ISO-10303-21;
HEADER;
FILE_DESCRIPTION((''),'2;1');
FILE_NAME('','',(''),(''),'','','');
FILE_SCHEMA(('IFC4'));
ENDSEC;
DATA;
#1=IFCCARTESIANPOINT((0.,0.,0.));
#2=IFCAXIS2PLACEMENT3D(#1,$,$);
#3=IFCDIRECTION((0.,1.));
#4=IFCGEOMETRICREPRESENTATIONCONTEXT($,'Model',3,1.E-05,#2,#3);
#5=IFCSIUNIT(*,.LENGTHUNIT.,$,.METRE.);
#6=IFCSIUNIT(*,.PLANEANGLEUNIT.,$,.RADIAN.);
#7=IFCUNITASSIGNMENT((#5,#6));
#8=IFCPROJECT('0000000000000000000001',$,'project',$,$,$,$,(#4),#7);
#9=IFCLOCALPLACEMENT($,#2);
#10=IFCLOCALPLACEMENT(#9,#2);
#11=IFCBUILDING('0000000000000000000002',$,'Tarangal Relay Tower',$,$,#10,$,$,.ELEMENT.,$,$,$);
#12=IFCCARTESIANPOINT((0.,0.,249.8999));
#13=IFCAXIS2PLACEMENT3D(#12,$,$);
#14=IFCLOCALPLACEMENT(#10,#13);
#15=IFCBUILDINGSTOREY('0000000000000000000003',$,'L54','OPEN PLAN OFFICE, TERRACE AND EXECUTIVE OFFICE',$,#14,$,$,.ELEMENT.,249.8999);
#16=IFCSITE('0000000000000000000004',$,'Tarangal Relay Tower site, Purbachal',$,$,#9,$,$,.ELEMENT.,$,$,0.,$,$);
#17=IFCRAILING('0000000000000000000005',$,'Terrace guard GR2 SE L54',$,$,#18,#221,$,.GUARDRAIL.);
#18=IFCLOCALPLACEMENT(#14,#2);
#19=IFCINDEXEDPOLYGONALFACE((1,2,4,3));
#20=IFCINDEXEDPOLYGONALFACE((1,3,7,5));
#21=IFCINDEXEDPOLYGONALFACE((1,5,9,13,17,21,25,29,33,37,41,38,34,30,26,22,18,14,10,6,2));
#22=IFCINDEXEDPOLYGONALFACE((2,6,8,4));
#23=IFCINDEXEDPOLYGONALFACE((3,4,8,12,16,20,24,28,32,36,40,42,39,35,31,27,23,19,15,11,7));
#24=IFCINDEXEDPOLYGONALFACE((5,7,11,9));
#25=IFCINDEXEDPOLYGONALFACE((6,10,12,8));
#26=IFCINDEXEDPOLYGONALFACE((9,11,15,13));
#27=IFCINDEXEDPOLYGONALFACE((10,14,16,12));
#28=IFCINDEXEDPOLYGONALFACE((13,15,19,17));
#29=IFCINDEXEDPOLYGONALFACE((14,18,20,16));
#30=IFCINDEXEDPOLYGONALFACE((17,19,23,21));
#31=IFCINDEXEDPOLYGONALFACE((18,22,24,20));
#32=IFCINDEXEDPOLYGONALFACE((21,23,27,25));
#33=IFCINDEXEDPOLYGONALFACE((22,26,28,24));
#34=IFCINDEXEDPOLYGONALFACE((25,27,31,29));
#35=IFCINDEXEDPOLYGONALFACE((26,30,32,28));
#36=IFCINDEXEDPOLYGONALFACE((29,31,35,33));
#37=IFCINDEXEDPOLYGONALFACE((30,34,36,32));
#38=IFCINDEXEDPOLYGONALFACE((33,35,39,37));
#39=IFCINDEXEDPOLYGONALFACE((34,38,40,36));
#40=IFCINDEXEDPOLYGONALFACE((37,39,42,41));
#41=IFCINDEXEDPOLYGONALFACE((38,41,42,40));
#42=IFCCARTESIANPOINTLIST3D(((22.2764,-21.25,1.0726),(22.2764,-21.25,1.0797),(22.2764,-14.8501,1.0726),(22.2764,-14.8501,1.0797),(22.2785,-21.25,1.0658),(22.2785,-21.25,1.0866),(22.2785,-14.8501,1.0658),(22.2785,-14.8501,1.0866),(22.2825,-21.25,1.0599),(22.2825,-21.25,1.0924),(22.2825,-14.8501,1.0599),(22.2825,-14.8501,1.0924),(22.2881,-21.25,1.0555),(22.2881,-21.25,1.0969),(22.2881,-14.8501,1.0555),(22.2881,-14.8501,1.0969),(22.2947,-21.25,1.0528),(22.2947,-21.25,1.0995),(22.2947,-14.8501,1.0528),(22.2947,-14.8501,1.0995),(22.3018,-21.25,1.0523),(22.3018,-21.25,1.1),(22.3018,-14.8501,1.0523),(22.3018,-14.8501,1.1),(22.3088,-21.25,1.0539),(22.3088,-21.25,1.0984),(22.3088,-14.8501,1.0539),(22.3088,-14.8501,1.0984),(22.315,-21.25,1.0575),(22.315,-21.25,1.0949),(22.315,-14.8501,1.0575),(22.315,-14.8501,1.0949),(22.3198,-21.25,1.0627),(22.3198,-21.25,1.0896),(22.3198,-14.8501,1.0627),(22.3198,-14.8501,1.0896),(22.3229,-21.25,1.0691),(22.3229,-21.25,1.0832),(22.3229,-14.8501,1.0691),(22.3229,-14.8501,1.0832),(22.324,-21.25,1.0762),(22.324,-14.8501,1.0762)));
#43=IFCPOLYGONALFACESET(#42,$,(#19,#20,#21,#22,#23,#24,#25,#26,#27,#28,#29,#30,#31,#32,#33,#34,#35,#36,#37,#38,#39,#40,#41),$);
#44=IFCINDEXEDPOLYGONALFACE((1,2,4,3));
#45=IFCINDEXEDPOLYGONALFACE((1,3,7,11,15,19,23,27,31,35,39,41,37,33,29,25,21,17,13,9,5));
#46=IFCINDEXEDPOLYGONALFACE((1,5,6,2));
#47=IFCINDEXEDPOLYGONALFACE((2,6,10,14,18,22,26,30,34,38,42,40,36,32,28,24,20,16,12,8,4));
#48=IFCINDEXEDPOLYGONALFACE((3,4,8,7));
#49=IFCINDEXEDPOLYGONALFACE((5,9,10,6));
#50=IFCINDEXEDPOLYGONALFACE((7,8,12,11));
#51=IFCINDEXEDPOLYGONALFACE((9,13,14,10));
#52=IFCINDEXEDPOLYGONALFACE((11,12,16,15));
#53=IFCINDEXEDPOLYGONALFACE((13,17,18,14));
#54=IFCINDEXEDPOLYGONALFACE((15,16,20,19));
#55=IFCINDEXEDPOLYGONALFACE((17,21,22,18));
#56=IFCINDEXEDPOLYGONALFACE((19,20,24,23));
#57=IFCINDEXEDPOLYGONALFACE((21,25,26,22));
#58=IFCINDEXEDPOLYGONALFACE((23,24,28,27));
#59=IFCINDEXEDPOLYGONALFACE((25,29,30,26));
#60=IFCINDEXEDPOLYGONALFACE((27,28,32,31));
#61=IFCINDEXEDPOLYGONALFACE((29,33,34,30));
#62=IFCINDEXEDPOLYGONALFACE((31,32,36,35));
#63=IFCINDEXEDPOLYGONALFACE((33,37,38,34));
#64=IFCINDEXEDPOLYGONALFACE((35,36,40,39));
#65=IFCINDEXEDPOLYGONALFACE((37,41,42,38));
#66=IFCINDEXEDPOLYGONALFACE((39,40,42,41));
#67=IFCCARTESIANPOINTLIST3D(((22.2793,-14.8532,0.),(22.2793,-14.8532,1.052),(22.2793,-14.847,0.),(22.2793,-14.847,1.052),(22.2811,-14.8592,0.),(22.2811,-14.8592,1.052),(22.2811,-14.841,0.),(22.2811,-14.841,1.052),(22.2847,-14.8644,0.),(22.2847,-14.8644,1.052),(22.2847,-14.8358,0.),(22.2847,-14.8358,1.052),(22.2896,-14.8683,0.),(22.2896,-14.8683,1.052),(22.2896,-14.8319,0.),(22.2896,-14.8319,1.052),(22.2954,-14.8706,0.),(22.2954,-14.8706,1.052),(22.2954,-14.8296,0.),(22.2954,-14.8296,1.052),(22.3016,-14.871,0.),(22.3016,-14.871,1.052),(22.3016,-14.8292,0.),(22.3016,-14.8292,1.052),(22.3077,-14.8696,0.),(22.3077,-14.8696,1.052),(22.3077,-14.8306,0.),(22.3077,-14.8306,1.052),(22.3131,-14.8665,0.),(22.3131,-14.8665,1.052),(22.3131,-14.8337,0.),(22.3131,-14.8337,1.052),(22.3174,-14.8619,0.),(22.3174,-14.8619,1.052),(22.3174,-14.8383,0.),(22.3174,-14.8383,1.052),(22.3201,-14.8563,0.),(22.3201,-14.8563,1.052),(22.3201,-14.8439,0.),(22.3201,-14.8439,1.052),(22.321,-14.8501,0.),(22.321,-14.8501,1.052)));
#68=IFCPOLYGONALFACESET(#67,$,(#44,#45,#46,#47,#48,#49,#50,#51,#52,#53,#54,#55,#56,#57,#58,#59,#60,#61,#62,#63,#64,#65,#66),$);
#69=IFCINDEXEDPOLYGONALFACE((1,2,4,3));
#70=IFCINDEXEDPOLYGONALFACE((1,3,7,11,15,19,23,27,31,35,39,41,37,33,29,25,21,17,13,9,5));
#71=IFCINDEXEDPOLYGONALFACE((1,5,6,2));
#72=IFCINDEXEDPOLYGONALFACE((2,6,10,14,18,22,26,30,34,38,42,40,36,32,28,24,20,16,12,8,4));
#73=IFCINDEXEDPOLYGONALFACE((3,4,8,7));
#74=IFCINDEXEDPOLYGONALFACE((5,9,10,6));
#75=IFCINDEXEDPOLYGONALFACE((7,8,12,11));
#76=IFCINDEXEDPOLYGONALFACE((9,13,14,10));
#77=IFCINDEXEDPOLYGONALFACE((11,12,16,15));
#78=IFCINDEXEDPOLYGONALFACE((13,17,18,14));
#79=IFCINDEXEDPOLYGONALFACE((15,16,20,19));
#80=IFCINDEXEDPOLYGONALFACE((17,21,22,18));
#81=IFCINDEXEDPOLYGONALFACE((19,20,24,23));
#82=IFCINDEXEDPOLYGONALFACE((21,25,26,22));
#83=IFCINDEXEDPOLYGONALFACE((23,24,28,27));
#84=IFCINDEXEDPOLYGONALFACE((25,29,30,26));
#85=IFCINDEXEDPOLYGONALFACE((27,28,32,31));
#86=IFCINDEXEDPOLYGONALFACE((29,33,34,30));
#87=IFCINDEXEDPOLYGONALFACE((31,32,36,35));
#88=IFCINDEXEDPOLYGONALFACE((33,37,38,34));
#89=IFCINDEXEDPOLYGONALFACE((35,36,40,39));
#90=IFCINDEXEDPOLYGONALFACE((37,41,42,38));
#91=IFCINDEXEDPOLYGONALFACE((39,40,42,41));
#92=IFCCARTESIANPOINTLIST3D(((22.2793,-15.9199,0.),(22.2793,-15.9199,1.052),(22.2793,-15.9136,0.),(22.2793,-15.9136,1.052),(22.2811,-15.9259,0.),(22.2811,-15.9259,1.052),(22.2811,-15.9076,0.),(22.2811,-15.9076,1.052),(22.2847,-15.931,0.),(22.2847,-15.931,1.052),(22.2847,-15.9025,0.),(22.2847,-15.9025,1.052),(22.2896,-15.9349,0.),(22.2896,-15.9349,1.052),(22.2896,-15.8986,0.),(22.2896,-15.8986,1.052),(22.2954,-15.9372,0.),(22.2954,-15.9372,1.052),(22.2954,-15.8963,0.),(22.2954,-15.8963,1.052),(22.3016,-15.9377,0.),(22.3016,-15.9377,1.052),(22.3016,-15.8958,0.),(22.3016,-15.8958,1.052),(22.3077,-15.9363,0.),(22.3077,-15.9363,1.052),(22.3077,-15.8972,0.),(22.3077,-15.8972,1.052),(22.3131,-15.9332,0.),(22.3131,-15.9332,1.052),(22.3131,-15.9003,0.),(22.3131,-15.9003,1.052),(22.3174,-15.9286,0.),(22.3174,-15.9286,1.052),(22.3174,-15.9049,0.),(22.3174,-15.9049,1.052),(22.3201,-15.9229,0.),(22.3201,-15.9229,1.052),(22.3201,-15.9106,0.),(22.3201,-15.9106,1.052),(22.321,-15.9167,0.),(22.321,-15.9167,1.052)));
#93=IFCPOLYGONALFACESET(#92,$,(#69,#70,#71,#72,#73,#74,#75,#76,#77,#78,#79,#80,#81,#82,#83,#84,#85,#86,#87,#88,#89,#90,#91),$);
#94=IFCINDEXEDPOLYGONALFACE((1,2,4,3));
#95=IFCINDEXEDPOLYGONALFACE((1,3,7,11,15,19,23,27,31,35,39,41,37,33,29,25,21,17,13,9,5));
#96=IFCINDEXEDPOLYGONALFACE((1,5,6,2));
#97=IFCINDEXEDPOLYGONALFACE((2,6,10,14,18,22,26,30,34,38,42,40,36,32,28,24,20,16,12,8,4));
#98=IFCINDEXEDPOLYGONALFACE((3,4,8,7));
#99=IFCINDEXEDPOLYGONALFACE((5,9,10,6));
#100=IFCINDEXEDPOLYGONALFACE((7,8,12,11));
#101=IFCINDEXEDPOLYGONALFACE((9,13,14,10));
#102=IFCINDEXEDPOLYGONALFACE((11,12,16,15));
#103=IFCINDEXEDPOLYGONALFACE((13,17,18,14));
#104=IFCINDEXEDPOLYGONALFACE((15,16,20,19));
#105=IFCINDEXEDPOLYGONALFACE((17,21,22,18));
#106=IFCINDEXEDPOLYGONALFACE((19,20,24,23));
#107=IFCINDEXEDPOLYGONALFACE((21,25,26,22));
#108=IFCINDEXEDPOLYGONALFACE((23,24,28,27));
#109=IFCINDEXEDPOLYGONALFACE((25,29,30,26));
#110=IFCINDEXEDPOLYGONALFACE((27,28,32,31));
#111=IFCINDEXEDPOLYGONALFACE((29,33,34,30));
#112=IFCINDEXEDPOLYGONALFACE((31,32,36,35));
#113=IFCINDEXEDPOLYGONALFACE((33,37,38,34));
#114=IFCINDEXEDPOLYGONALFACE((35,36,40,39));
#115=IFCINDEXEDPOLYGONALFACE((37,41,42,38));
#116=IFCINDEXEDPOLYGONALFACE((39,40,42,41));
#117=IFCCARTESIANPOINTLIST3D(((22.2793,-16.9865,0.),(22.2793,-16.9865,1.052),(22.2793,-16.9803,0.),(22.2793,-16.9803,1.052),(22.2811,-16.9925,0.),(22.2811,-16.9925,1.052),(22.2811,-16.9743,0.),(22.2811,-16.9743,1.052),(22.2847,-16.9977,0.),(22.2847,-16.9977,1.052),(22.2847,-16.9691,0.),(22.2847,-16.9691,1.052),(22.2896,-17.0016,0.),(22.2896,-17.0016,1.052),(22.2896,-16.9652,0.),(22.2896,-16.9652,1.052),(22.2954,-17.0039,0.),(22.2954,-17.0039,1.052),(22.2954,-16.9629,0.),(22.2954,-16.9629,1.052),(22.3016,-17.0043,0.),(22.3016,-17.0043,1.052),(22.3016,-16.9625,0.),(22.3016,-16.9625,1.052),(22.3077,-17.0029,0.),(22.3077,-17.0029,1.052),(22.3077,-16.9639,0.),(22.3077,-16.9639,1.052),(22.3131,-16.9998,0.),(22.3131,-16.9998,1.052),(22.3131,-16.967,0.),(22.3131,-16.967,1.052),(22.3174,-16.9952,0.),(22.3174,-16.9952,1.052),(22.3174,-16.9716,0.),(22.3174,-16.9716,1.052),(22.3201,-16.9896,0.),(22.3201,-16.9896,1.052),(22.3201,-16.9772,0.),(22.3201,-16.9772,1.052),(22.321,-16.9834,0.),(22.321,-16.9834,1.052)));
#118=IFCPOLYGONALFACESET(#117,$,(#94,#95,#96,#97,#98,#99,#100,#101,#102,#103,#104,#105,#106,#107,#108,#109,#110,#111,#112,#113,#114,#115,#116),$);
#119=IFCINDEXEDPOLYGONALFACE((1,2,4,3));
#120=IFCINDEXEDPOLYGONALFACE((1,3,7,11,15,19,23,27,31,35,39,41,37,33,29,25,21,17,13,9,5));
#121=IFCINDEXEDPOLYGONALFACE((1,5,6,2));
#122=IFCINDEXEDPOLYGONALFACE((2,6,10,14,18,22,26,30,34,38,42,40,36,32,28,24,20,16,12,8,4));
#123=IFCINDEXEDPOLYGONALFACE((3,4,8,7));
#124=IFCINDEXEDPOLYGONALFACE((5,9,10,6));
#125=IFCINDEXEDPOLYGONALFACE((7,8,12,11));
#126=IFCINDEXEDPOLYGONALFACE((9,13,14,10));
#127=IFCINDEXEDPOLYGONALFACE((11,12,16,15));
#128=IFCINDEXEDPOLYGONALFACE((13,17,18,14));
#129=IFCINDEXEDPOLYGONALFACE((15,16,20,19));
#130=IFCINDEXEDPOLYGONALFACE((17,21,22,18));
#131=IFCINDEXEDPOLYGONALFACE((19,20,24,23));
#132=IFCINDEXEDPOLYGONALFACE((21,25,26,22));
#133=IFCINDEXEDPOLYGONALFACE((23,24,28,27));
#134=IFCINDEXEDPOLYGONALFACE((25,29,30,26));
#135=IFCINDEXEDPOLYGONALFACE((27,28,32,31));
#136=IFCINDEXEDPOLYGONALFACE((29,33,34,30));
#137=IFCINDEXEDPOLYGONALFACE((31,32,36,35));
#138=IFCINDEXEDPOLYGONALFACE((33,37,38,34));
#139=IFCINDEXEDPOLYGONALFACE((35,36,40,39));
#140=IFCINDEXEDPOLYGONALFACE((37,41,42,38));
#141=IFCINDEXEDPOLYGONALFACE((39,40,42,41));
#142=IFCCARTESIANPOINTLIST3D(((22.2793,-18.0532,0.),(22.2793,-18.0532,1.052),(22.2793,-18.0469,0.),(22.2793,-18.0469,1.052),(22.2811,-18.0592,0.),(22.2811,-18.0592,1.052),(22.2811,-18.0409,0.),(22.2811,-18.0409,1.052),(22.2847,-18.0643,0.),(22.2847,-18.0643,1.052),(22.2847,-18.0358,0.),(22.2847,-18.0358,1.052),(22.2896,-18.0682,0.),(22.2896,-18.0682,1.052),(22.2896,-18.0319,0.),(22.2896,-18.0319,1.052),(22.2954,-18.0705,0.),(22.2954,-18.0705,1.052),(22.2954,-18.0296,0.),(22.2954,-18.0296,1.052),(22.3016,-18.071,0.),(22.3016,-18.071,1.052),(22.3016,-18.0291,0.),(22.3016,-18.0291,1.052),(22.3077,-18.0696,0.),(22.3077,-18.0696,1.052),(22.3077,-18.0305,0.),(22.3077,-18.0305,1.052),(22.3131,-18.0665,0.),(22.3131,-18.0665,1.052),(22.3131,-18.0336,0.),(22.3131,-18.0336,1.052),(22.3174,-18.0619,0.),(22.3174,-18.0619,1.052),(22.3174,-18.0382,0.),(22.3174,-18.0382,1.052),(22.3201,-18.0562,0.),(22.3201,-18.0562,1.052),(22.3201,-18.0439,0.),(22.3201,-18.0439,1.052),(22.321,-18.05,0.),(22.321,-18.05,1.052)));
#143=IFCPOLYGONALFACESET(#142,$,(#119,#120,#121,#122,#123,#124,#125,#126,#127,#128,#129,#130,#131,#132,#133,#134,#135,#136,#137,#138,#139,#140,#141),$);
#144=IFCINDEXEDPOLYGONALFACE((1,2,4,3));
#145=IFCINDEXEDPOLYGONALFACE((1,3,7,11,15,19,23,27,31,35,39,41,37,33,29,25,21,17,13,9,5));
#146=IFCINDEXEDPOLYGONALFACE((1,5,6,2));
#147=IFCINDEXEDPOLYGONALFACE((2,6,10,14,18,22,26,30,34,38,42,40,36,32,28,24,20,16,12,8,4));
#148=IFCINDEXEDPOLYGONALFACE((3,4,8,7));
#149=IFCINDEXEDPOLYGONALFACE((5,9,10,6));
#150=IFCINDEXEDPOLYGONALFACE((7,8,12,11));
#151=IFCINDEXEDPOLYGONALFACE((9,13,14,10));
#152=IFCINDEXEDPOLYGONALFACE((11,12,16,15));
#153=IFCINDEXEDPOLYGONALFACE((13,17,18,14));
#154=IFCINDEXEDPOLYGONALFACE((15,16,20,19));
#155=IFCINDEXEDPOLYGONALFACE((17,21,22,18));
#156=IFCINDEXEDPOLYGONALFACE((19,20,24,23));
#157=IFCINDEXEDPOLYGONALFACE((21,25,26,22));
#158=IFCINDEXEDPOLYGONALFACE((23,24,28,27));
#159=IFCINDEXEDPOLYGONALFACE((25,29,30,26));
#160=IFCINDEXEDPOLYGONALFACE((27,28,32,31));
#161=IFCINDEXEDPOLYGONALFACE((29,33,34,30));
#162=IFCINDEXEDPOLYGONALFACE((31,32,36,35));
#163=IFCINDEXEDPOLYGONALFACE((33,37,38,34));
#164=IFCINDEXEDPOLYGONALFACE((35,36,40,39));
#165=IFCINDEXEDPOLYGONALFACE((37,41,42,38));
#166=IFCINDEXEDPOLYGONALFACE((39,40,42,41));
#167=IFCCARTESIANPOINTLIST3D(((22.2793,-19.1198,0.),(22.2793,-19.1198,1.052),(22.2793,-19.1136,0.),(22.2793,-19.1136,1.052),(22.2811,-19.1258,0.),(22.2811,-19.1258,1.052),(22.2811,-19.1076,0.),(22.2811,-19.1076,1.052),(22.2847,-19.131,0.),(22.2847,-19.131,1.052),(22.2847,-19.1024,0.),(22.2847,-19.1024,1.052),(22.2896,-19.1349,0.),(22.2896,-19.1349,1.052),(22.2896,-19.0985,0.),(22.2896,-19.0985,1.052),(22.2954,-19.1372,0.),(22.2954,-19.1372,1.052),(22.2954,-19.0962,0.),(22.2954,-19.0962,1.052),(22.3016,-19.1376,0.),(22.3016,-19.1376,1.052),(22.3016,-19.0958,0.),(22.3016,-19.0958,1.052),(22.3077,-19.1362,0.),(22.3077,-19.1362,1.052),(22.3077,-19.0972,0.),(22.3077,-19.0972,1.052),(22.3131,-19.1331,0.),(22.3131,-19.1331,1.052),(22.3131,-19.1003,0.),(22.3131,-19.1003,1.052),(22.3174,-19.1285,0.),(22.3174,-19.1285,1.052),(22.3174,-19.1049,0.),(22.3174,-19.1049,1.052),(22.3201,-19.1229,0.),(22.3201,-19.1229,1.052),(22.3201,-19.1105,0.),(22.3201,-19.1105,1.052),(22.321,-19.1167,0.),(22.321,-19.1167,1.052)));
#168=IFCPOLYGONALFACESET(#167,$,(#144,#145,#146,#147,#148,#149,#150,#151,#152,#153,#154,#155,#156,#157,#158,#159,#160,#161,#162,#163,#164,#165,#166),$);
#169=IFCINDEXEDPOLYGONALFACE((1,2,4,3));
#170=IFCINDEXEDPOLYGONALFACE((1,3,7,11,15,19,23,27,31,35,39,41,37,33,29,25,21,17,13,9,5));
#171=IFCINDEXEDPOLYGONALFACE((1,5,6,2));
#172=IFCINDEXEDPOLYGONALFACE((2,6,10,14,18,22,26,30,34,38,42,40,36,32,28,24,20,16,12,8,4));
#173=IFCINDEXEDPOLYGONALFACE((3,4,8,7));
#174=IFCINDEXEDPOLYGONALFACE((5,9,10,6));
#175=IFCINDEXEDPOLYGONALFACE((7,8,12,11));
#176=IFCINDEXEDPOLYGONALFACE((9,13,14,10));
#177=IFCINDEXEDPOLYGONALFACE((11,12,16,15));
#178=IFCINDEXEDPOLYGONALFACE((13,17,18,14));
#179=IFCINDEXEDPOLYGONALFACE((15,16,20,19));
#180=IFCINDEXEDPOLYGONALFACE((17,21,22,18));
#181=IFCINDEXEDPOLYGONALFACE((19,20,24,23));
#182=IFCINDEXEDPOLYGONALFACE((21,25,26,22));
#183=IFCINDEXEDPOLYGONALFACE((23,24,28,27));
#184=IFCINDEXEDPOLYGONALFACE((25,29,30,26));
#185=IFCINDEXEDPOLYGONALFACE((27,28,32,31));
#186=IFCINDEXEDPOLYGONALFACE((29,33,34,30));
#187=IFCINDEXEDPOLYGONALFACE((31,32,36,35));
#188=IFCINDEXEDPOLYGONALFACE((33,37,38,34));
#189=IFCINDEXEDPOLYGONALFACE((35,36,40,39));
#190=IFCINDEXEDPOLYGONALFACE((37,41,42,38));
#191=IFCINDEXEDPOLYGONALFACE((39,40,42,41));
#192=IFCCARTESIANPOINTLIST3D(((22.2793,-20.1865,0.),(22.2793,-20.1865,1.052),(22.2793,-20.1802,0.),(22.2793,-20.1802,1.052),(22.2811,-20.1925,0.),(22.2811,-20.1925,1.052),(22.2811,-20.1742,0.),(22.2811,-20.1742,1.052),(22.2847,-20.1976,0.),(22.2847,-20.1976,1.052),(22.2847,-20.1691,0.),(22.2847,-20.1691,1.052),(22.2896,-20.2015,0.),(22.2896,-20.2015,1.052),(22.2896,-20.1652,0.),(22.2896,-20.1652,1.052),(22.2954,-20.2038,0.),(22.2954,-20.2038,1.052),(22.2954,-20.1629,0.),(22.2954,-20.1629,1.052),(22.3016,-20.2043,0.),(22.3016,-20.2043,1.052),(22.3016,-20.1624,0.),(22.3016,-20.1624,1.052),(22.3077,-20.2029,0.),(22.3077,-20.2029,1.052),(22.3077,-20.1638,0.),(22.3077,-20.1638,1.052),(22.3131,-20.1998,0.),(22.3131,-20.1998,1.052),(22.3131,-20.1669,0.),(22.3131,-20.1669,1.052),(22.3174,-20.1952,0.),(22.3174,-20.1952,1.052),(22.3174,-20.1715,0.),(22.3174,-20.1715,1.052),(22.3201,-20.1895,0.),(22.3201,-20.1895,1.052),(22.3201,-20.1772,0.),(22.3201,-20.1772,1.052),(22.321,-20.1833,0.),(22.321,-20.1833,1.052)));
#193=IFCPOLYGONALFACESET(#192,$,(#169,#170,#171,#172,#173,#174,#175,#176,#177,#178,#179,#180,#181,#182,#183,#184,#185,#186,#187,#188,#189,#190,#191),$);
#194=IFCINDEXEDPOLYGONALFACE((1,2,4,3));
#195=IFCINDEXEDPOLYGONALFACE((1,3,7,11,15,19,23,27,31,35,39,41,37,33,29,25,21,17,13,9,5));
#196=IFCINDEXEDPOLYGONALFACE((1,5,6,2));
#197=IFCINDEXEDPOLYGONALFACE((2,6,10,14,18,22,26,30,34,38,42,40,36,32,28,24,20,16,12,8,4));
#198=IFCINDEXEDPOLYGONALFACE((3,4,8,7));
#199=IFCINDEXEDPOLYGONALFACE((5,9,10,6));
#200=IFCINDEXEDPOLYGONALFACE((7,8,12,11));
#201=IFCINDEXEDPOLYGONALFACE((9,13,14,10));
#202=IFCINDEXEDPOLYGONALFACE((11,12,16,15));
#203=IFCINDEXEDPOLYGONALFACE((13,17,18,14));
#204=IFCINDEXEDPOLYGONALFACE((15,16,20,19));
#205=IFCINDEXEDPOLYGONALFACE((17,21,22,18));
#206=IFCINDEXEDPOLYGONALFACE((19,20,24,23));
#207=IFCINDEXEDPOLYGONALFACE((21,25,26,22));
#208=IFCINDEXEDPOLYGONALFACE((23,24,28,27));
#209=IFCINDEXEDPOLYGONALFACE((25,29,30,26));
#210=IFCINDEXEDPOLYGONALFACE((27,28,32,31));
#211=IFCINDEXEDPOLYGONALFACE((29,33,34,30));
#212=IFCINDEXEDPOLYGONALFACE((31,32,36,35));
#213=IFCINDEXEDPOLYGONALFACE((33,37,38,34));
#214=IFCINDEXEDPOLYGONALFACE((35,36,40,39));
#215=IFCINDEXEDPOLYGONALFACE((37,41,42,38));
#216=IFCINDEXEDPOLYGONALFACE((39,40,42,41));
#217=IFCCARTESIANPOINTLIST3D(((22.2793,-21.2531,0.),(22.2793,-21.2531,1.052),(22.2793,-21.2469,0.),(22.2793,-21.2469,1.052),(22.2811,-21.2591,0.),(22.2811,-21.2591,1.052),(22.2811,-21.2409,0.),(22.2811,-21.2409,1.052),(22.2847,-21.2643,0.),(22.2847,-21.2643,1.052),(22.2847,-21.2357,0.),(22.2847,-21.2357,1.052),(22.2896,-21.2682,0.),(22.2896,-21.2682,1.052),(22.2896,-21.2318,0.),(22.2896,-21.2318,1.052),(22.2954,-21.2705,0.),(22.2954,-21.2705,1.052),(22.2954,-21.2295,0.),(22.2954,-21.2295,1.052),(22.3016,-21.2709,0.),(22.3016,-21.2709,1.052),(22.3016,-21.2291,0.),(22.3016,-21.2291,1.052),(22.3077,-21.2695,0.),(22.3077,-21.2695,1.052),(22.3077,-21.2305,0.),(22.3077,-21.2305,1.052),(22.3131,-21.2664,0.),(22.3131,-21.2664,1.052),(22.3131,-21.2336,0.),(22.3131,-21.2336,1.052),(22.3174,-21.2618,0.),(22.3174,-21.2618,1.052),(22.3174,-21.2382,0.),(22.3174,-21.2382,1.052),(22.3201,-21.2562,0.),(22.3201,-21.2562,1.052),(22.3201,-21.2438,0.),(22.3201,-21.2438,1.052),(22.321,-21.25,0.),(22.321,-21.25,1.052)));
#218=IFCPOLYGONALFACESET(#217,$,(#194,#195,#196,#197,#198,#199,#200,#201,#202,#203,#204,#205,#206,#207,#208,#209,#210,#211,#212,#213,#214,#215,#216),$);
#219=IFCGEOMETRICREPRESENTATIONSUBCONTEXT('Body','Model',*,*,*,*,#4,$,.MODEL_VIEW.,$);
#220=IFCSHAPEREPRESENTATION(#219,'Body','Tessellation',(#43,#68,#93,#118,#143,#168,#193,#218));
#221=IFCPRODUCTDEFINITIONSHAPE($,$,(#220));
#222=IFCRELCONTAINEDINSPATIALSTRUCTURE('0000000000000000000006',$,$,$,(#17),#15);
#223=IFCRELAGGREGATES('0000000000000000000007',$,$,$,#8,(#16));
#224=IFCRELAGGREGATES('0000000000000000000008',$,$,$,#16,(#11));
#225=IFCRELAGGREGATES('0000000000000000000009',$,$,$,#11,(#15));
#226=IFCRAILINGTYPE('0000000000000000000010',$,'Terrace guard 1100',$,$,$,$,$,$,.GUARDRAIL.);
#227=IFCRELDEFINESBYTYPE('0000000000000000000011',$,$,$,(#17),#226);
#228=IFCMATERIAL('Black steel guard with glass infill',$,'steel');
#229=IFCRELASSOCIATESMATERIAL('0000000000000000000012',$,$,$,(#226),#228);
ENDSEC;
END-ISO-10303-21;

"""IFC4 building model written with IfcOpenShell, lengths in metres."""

from ifc_helpers import new_model, si_unit, direction, frame, origin, origin_2d, place, context, subcontext, project, spatial, circle, extrude, material, type_object, element, save


model = new_model("IFC4")

# Units and contexts
model_context = context("Model", 3, precision=1e-05, world=origin(), true_north=direction((0.0, 1.0)))
body_context = subcontext(model_context, "Body", "Model", "MODEL_VIEW")
ifc_project = project(units=[si_unit("LENGTHUNIT", "METRE"), si_unit("PLANEANGLEUNIT", "RADIAN")], contexts=[model_context])

# Site, building, storey
site_placement = place(None, origin())
site = spatial("IfcSite", under=ifc_project, at=site_placement, Name="Tarangal Relay Tower site, Purbachal", CompositionType="ELEMENT", RefElevation=0.0)
building_placement = place(site_placement, origin())
building = spatial("IfcBuilding", under=site, at=building_placement, Name="Tarangal Relay Tower", CompositionType="ELEMENT")
storey_placement = place(building_placement, frame((0.0, 0.0, 249.8999)))
storey = spatial("IfcBuildingStorey", under=building, at=storey_placement, Name="L54", Description="OPEN PLAN OFFICE, TERRACE AND EXECUTIVE OFFICE", CompositionType="ELEMENT", Elevation=249.8999)

# Railing
ifc_material_1 = material(Name="Black steel guard with glass infill", Category="steel")
railing_type = type_object("IfcRailingType", Name="Terrace guard 1100", PredefinedType="GUARDRAIL", material=ifc_material_1)
railing_1_placement = place(storey_placement, frame((22.3, -14.8501, 0.0)))
element("IfcRailing", 1, at=railing_1_placement, inside=storey, type_object=railing_type, Name="Terrace guard GR2 SE L54", PredefinedType="GUARDRAIL", context=body_context, shape_type="SweptSolid", body=[
    extrude(circle(Radius=0.0239, at=origin_2d()), frame((0.0, 0.0, 1.0762), z_axis=(0.0, -1.0, 0.0), x_axis=(1.0, 0.0, 0.0)), (0.0, 0.0, 1.0), 6.3999),
    extrude(circle(Radius=0.021, at=origin_2d()), origin(), (0.0, 0.0, 1.0), 1.052),
    extrude(circle(Radius=0.021, at=origin_2d()), frame((0.0, -1.0667, 0.0)), (0.0, 0.0, 1.0), 1.052),
    extrude(circle(Radius=0.021, at=origin_2d()), frame((0.0, -2.1333, 0.0)), (0.0, 0.0, 1.0), 1.052),
    extrude(circle(Radius=0.021, at=origin_2d()), frame((0.0, -3.2, 0.0)), (0.0, 0.0, 1.0), 1.052),
    extrude(circle(Radius=0.021, at=origin_2d()), frame((0.0, -4.2666, 0.0)), (0.0, 0.0, 1.0), 1.052),
    extrude(circle(Radius=0.021, at=origin_2d()), frame((0.0, -5.3333, 0.0)), (0.0, 0.0, 1.0), 1.052),
    extrude(circle(Radius=0.021, at=origin_2d()), frame((0.0, -6.3999, 0.0)), (0.0, 0.0, 1.0), 1.052),
])

save(model, "model.ifc")
